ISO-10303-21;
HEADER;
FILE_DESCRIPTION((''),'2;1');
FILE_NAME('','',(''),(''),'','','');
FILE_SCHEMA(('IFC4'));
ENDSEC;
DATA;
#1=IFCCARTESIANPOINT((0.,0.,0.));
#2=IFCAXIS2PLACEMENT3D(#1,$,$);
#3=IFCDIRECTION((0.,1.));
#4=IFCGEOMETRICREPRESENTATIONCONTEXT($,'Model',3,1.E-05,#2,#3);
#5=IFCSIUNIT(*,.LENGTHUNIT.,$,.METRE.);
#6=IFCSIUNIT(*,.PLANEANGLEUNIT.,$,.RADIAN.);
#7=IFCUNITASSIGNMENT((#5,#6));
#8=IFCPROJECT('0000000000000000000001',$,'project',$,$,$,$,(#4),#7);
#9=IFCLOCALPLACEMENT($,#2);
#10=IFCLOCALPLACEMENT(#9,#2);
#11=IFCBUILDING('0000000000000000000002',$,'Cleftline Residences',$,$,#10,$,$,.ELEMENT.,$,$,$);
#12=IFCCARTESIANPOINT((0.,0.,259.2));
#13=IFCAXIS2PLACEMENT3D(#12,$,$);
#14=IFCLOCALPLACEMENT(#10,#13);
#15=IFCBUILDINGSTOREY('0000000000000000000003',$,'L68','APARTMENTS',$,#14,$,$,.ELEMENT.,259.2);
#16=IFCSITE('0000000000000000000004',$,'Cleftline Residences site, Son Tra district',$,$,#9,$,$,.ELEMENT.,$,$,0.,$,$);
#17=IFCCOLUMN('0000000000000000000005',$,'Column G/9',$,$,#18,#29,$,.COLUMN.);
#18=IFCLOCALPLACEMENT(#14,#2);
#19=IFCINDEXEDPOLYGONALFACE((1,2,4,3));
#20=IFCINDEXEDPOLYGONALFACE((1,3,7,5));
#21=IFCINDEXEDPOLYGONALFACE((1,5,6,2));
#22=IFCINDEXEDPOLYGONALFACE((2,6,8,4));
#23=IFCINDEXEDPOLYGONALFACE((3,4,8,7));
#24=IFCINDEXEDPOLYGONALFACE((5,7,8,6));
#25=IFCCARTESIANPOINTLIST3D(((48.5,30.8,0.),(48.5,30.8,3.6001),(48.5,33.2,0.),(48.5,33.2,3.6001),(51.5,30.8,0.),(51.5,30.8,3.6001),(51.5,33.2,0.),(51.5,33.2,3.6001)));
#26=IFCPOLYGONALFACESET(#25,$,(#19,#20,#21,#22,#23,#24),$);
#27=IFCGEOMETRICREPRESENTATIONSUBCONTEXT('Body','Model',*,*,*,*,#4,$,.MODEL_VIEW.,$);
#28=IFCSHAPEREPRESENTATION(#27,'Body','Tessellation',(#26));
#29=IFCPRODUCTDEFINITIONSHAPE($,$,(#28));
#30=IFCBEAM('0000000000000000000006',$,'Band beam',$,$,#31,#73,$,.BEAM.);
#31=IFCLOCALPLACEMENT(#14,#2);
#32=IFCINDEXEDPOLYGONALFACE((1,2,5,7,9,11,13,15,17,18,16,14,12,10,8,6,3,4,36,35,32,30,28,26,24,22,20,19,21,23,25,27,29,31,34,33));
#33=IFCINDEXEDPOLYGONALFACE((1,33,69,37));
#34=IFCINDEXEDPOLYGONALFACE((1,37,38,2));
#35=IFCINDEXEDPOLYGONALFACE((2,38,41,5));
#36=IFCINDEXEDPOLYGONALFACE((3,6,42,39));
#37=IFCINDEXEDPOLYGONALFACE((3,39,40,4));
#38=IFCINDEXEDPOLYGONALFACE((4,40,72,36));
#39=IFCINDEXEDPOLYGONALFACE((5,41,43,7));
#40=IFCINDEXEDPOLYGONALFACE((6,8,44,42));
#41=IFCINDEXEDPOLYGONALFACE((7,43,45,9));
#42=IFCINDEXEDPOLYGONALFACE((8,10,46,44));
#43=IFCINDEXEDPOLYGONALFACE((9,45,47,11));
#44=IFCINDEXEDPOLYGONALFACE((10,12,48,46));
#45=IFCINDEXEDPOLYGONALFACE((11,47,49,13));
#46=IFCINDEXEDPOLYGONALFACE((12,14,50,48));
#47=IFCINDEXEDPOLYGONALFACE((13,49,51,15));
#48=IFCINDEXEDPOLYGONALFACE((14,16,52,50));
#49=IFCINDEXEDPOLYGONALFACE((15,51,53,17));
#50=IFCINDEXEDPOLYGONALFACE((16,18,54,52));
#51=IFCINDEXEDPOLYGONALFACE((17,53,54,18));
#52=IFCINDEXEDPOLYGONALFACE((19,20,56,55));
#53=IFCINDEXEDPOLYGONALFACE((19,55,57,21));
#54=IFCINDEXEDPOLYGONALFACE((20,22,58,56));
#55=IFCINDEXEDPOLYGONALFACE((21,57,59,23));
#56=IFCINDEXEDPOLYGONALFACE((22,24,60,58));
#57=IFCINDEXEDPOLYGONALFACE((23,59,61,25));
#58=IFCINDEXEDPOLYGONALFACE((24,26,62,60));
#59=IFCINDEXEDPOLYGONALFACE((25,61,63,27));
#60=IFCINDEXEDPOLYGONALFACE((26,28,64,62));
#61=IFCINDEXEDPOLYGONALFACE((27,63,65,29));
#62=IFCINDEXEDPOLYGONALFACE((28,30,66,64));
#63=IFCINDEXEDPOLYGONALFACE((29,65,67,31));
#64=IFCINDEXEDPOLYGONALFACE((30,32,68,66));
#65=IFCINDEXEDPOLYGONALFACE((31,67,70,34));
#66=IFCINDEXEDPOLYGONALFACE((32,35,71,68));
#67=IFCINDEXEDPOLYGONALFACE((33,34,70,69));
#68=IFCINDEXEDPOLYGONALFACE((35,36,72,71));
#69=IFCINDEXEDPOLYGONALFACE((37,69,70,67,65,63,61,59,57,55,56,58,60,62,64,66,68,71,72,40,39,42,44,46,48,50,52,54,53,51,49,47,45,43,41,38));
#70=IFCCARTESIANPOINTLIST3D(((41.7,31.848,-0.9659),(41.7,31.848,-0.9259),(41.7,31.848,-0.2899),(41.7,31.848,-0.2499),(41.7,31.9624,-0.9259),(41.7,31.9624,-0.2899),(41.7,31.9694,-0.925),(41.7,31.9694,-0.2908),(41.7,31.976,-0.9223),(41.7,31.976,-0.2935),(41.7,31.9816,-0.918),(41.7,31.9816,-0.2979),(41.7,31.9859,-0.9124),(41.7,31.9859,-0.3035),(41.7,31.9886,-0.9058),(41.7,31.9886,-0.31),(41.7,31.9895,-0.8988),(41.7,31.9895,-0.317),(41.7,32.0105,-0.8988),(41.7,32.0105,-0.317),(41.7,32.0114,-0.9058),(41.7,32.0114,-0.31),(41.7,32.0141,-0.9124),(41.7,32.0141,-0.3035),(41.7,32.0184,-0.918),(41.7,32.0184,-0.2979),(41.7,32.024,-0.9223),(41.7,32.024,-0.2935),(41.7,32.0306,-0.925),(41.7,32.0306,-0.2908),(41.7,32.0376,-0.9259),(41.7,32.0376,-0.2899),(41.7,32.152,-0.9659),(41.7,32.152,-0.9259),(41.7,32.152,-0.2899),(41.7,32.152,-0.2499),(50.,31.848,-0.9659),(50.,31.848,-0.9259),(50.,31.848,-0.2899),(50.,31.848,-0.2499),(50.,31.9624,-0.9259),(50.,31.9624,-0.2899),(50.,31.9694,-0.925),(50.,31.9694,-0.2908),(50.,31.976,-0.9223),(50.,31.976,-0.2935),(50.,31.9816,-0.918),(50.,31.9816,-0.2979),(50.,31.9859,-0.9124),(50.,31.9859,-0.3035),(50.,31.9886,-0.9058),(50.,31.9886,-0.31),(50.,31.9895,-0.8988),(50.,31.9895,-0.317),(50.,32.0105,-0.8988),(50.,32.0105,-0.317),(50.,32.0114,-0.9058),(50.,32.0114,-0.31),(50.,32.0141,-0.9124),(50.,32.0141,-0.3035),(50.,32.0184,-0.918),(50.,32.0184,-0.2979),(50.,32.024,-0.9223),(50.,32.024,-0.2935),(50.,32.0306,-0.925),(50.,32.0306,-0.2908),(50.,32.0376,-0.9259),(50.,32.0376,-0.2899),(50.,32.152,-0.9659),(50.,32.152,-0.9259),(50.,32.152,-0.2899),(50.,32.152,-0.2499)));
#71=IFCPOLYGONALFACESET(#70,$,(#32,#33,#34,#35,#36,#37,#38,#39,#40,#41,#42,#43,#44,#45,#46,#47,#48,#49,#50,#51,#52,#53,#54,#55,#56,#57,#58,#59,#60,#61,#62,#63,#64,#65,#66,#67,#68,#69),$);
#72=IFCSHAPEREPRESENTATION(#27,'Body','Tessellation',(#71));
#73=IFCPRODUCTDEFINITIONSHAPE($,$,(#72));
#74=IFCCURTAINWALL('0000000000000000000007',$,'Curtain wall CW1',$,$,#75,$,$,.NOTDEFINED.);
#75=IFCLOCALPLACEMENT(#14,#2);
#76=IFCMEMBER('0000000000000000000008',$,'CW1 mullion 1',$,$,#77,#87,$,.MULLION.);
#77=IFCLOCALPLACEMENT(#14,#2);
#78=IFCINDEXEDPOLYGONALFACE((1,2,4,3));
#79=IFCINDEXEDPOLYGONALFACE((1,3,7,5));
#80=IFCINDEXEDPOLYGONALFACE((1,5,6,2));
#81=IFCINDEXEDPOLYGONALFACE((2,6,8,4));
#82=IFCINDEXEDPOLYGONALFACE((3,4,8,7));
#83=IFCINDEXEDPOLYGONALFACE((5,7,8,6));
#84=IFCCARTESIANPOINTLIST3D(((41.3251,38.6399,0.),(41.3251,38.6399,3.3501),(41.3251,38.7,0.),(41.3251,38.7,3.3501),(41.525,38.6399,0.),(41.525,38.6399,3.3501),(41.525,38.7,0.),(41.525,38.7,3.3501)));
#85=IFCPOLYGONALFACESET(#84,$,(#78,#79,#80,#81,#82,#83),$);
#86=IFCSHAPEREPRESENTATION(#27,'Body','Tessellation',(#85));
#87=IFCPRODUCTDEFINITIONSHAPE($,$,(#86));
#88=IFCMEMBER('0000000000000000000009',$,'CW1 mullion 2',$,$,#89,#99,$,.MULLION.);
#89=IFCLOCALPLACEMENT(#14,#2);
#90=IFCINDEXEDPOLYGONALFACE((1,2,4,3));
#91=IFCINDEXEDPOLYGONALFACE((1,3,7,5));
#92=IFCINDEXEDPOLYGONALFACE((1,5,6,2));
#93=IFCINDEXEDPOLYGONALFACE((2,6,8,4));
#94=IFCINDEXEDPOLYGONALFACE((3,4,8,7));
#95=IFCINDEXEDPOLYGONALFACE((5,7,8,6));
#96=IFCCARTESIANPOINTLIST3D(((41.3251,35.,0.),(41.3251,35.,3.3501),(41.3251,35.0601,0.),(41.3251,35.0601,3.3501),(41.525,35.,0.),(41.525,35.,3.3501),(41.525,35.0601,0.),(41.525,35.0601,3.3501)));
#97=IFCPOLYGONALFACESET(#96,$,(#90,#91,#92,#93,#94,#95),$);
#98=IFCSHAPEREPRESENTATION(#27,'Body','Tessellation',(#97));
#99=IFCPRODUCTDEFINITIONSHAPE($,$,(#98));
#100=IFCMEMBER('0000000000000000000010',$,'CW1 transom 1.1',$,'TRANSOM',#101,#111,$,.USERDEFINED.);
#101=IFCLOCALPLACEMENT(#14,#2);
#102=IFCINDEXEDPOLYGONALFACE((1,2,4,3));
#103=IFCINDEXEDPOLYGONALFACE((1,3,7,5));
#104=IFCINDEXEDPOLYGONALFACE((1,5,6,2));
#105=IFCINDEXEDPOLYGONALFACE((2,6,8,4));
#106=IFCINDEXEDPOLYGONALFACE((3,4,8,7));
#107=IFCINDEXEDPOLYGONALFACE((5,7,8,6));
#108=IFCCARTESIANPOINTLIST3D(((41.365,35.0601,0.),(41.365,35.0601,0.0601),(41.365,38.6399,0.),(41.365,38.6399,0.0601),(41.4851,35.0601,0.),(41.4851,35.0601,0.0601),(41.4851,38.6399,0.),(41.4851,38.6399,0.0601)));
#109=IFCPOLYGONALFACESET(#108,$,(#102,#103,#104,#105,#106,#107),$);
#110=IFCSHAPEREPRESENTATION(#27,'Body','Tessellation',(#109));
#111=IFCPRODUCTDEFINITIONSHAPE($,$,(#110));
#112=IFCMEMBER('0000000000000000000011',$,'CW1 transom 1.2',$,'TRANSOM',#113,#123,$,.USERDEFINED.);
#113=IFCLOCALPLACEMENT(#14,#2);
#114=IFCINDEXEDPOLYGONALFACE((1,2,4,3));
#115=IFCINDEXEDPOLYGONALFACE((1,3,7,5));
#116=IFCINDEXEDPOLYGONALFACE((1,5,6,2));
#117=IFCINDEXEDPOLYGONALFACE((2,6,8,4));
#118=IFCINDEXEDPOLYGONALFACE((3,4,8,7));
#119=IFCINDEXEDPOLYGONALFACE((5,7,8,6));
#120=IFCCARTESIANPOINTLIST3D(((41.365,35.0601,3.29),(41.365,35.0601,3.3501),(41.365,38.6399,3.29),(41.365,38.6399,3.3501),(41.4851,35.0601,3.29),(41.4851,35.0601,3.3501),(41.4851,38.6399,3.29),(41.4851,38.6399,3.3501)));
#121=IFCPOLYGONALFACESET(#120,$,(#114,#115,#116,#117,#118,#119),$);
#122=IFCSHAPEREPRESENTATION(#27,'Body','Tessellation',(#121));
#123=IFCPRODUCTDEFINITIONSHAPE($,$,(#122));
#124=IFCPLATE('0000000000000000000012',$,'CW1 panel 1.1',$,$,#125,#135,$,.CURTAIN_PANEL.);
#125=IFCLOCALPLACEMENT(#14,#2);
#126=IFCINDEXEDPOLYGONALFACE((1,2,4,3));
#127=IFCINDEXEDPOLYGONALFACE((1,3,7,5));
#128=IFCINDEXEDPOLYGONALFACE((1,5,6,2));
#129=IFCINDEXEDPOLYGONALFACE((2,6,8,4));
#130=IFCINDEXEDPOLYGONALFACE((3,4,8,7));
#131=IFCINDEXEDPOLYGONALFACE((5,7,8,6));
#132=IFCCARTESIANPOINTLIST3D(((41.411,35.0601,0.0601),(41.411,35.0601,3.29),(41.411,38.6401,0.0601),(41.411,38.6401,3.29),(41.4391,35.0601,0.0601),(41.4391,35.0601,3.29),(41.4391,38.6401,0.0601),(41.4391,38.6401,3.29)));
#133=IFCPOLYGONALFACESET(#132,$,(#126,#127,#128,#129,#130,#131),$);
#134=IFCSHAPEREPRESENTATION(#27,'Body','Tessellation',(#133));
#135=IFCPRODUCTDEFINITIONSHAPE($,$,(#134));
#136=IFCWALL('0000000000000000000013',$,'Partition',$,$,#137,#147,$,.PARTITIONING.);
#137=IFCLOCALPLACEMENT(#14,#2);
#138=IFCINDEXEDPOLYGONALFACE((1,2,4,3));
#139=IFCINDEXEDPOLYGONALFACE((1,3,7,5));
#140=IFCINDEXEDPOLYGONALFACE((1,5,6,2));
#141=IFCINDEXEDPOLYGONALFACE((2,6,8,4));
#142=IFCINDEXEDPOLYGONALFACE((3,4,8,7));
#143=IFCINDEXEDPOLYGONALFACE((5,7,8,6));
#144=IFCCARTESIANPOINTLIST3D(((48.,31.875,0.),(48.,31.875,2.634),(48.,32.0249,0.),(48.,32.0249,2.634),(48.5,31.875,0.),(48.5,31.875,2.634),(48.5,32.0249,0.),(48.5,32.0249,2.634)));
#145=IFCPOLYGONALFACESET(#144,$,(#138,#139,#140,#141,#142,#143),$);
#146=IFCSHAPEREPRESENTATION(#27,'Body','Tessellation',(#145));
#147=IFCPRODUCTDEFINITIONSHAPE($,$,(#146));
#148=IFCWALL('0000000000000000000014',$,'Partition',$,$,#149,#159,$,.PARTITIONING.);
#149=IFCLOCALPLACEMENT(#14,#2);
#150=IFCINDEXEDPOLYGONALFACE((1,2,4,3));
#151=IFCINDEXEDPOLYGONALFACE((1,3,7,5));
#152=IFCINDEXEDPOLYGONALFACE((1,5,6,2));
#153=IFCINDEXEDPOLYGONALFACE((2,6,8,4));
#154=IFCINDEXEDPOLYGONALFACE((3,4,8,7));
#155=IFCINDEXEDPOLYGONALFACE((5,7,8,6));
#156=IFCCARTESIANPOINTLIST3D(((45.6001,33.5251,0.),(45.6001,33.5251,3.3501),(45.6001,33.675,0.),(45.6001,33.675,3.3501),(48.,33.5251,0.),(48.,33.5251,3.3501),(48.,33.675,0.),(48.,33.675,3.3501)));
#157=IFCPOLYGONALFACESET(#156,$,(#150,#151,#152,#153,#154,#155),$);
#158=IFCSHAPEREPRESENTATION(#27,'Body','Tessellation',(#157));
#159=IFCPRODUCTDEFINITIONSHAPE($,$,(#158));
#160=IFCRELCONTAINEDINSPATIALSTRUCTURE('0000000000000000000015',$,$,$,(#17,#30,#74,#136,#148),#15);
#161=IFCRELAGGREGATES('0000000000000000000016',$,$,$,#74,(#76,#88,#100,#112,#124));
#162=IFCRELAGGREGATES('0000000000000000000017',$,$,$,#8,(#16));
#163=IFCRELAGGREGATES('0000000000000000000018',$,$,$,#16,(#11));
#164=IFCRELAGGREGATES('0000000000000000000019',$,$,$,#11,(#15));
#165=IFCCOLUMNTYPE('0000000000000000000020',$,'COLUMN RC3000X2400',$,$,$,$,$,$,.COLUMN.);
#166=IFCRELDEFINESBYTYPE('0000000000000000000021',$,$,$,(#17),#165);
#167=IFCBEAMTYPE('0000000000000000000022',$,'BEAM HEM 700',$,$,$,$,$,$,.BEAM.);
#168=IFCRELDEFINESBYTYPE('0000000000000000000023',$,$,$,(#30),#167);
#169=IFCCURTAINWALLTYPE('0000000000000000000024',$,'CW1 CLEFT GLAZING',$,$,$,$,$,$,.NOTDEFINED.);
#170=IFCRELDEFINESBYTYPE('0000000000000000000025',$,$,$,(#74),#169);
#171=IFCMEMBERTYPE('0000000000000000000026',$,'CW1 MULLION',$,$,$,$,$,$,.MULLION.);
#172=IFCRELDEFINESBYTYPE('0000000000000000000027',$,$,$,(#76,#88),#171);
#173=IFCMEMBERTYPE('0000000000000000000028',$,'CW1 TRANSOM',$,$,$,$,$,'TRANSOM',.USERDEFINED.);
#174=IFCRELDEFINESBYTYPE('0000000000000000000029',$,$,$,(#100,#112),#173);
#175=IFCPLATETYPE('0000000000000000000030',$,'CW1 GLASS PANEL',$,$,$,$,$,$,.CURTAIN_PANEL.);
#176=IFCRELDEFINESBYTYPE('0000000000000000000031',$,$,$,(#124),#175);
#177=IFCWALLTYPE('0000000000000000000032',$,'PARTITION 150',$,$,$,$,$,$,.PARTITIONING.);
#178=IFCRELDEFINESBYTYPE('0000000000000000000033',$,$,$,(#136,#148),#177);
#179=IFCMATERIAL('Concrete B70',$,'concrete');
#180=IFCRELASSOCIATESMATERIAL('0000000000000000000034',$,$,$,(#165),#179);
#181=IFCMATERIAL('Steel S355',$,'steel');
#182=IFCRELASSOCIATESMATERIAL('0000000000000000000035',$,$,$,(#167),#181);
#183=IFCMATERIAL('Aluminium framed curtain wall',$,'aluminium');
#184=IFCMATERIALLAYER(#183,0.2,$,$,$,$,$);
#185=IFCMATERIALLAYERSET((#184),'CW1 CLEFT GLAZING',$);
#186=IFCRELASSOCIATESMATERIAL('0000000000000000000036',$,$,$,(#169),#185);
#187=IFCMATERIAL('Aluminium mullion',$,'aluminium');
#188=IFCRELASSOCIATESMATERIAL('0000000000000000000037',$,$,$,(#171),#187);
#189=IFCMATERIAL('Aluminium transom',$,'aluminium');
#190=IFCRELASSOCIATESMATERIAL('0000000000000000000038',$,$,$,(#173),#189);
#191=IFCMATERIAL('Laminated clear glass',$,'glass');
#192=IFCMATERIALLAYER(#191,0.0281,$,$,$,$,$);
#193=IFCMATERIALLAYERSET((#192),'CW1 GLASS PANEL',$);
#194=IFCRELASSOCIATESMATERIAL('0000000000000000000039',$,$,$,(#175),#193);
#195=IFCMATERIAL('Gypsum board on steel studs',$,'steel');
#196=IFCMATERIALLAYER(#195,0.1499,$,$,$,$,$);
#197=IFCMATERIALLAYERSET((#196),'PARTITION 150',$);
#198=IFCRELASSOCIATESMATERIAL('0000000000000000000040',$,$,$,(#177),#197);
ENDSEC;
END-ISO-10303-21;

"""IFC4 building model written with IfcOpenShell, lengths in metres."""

from ifc_helpers import new_model, si_unit, direction, frame, frame_2d, origin, origin_2d, place, context, subcontext, project, spatial, rectangle, i_section, extrude, material, layer, layer_set, material_profile, profile_set, type_object, element, aggregate, save


model = new_model("IFC4")

# Units and contexts
model_context = context("Model", 3, precision=1e-05, world=origin(), true_north=direction((0.0, 1.0)))
body_context = subcontext(model_context, "Body", "Model", "MODEL_VIEW")
ifc_project = project(units=[si_unit("LENGTHUNIT", "METRE"), si_unit("PLANEANGLEUNIT", "RADIAN")], contexts=[model_context])

# Site, building, storey
site_placement = place(None, origin())
site = spatial("IfcSite", under=ifc_project, at=site_placement, Name="Cleftline Residences site, Son Tra district", CompositionType="ELEMENT", RefElevation=0.0)
building_placement = place(site_placement, origin())
building = spatial("IfcBuilding", under=site, at=building_placement, Name="Cleftline Residences", CompositionType="ELEMENT")
storey_placement = place(building_placement, frame((0.0, 0.0, 259.2)))
storey = spatial("IfcBuildingStorey", under=building, at=storey_placement, Name="L68", Description="APARTMENTS", CompositionType="ELEMENT", Elevation=259.2)

# Column
ifc_material_1 = material(Name="Concrete B70", Category="concrete")
ifc_material_profile_1 = material_profile(ifc_material_1, rectangle(XDim=3.0, YDim=2.3999, at=origin_2d()))
ifc_profile_set_1 = profile_set([ifc_material_profile_1], Name="Concrete B70")
column_type = type_object("IfcColumnType", Name="COLUMN RC3000X2400", PredefinedType="COLUMN", material=ifc_profile_set_1)
column_placement = place(storey_placement, frame((50.0, 32.0, 0.0), z_axis=(0.0, 0.0, 1.0), x_axis=(1.0, 0.0, 0.0)))
element("IfcColumn", 1, at=column_placement, inside=storey, type_object=column_type, Name="Column G/9", PredefinedType="COLUMN", context=body_context, shape_type="SweptSolid", body=[
    extrude(rectangle(XDim=3.0, YDim=2.3999, at=origin_2d()), origin(), (0.0, 0.0, 1.0), 3.6001),
])

# Beam
ifc_material_2 = material(Name="Steel S355", Category="steel")
ifc_material_profile_2 = material_profile(ifc_material_2, i_section(OverallWidth=0.304, OverallDepth=0.7161, WebThickness=0.021, FlangeThickness=0.04, FilletRadius=0.0271, at=origin_2d()))
ifc_profile_set_2 = profile_set([ifc_material_profile_2], Name="Steel S355")
beam_type = type_object("IfcBeamType", Name="BEAM HEM 700", PredefinedType="BEAM", material=ifc_profile_set_2)
beam_placement = place(storey_placement, frame((50.0, 32.0, -0.6079), z_axis=(-1.0, 0.0, 0.0), x_axis=(0.0, -1.0, 0.0)))
element("IfcBeam", 2, at=beam_placement, inside=storey, type_object=beam_type, Name="Band beam", PredefinedType="BEAM", context=body_context, shape_type="SweptSolid", body=[
    extrude(i_section(OverallWidth=0.304, OverallDepth=0.7161, WebThickness=0.021, FlangeThickness=0.04, FilletRadius=0.0271, at=origin_2d()), origin(), (0.0, 0.0, 1.0), 8.3),
])

# Curtain wall, members, plate
ifc_material_3 = material(Name="Aluminium framed curtain wall", Category="aluminium")
ifc_layer_1 = layer(ifc_material_3, 0.2)
ifc_layer_set_1 = layer_set([ifc_layer_1], Name="CW1 CLEFT GLAZING")
curtain_wall_type = type_object("IfcCurtainWallType", Name="CW1 CLEFT GLAZING", PredefinedType="NOTDEFINED", material=ifc_layer_set_1)
curtain_wall_placement = place(storey_placement, origin())
curtain_wall = element("IfcCurtainWall", 3, at=curtain_wall_placement, inside=storey, type_object=curtain_wall_type, Name="Curtain wall CW1", PredefinedType="NOTDEFINED")
ifc_material_4 = material(Name="Aluminium mullion", Category="aluminium")
ifc_material_profile_3 = material_profile(ifc_material_4, rectangle(XDim=0.2, YDim=0.0601, at=origin_2d()))
ifc_profile_set_3 = profile_set([ifc_material_profile_3], Name="Aluminium mullion")
member_type_1 = type_object("IfcMemberType", Name="CW1 MULLION", PredefinedType="MULLION", material=ifc_profile_set_3)
member_1_placement = place(storey_placement, frame((41.425, 38.6699, 0.0), z_axis=(0.0, 0.0, 1.0), x_axis=(1.0, 0.0, 0.0)))
member_1 = element("IfcMember", 4, at=member_1_placement, type_object=member_type_1, Name="CW1 mullion 1", PredefinedType="MULLION", context=body_context, shape_type="SweptSolid", body=[
    extrude(rectangle(XDim=0.2, YDim=0.0601, at=origin_2d()), origin(), (0.0, 0.0, 1.0), 3.3501),
])
member_2_placement = place(storey_placement, frame((41.425, 35.03, 0.0), z_axis=(0.0, 0.0, 1.0), x_axis=(1.0, 0.0, 0.0)))
member_2 = element("IfcMember", 5, at=member_2_placement, type_object=member_type_1, Name="CW1 mullion 2", PredefinedType="MULLION", context=body_context, shape_type="SweptSolid", body=[
    extrude(rectangle(XDim=0.2, YDim=0.0601, at=origin_2d()), origin(), (0.0, 0.0, 1.0), 3.3501),
])
ifc_material_5 = material(Name="Aluminium transom", Category="aluminium")
ifc_material_profile_4 = material_profile(ifc_material_5, rectangle(XDim=0.1201, YDim=0.0601, at=origin_2d()))
ifc_profile_set_4 = profile_set([ifc_material_profile_4], Name="Aluminium transom")
member_type_2 = type_object("IfcMemberType", Name="CW1 TRANSOM", ElementType="TRANSOM", PredefinedType="USERDEFINED", material=ifc_profile_set_4)
member_3_placement = place(storey_placement, frame((41.425, 38.6399, 0.03), z_axis=(0.0, -1.0, 0.0), x_axis=(1.0, 0.0, 0.0)))
member_3 = element("IfcMember", 6, at=member_3_placement, type_object=member_type_2, Name="CW1 transom 1.1", ObjectType="TRANSOM", PredefinedType="USERDEFINED", context=body_context, shape_type="SweptSolid", body=[
    extrude(rectangle(XDim=0.1201, YDim=0.0601, at=origin_2d()), origin(), (0.0, 0.0, 1.0), 3.5798),
])
member_4_placement = place(storey_placement, frame((41.425, 38.6399, 3.3201), z_axis=(0.0, -1.0, 0.0), x_axis=(1.0, 0.0, 0.0)))
member_4 = element("IfcMember", 7, at=member_4_placement, type_object=member_type_2, Name="CW1 transom 1.2", ObjectType="TRANSOM", PredefinedType="USERDEFINED", context=body_context, shape_type="SweptSolid", body=[
    extrude(rectangle(XDim=0.1201, YDim=0.0601, at=origin_2d()), origin(), (0.0, 0.0, 1.0), 3.5798),
])
ifc_material_6 = material(Name="Laminated clear glass", Category="glass")
ifc_layer_2 = layer(ifc_material_6, 0.0281)
ifc_layer_set_2 = layer_set([ifc_layer_2], Name="CW1 GLASS PANEL")
plate_type = type_object("IfcPlateType", Name="CW1 GLASS PANEL", PredefinedType="CURTAIN_PANEL", material=ifc_layer_set_2)
plate_placement = place(storey_placement, frame((41.425, 36.8501, 0.0601), z_axis=(0.0, 0.0, 1.0), x_axis=(0.0, -1.0, 0.0)))
plate = element("IfcPlate", 8, at=plate_placement, type_object=plate_type, Name="CW1 panel 1.1", PredefinedType="CURTAIN_PANEL", context=body_context, shape_type="SweptSolid", body=[
    extrude(rectangle(XDim=3.5801, YDim=0.0281, at=origin_2d()), origin(), (0.0, 0.0, 1.0), 3.23),
])
aggregate(curtain_wall, [member_1, member_2, member_3, member_4, plate])

# Walls
ifc_material_7 = material(Name="Gypsum board on steel studs", Category="steel")
ifc_layer_3 = layer(ifc_material_7, 0.1499)
ifc_layer_set_3 = layer_set([ifc_layer_3], Name="PARTITION 150")
wall_type = type_object("IfcWallType", Name="PARTITION 150", PredefinedType="PARTITIONING", material=ifc_layer_set_3)
wall_1_placement = place(storey_placement, frame((48.0, 31.95, 0.0), z_axis=(0.0, 0.0, 1.0), x_axis=(1.0, 0.0, 0.0)))
element("IfcWall", 9, at=wall_1_placement, inside=storey, type_object=wall_type, Name="Partition", PredefinedType="PARTITIONING", context=body_context, shape_type="SweptSolid", body=[
    extrude(rectangle(XDim=0.5, YDim=0.1499, at=frame_2d((0.25, 0.0))), origin(), (0.0, 0.0, 1.0), 2.634),
])
wall_2_placement = place(storey_placement, frame((45.6001, 33.6001, 0.0), z_axis=(0.0, 0.0, 1.0), x_axis=(1.0, 0.0, 0.0)))
element("IfcWall", 10, at=wall_2_placement, inside=storey, type_object=wall_type, Name="Partition", PredefinedType="PARTITIONING", context=body_context, shape_type="SweptSolid", body=[
    extrude(rectangle(XDim=2.3999, YDim=0.1499, at=frame_2d((1.2, 0.0))), origin(), (0.0, 0.0, 1.0), 3.3501),
])

save(model, "model.ifc")
